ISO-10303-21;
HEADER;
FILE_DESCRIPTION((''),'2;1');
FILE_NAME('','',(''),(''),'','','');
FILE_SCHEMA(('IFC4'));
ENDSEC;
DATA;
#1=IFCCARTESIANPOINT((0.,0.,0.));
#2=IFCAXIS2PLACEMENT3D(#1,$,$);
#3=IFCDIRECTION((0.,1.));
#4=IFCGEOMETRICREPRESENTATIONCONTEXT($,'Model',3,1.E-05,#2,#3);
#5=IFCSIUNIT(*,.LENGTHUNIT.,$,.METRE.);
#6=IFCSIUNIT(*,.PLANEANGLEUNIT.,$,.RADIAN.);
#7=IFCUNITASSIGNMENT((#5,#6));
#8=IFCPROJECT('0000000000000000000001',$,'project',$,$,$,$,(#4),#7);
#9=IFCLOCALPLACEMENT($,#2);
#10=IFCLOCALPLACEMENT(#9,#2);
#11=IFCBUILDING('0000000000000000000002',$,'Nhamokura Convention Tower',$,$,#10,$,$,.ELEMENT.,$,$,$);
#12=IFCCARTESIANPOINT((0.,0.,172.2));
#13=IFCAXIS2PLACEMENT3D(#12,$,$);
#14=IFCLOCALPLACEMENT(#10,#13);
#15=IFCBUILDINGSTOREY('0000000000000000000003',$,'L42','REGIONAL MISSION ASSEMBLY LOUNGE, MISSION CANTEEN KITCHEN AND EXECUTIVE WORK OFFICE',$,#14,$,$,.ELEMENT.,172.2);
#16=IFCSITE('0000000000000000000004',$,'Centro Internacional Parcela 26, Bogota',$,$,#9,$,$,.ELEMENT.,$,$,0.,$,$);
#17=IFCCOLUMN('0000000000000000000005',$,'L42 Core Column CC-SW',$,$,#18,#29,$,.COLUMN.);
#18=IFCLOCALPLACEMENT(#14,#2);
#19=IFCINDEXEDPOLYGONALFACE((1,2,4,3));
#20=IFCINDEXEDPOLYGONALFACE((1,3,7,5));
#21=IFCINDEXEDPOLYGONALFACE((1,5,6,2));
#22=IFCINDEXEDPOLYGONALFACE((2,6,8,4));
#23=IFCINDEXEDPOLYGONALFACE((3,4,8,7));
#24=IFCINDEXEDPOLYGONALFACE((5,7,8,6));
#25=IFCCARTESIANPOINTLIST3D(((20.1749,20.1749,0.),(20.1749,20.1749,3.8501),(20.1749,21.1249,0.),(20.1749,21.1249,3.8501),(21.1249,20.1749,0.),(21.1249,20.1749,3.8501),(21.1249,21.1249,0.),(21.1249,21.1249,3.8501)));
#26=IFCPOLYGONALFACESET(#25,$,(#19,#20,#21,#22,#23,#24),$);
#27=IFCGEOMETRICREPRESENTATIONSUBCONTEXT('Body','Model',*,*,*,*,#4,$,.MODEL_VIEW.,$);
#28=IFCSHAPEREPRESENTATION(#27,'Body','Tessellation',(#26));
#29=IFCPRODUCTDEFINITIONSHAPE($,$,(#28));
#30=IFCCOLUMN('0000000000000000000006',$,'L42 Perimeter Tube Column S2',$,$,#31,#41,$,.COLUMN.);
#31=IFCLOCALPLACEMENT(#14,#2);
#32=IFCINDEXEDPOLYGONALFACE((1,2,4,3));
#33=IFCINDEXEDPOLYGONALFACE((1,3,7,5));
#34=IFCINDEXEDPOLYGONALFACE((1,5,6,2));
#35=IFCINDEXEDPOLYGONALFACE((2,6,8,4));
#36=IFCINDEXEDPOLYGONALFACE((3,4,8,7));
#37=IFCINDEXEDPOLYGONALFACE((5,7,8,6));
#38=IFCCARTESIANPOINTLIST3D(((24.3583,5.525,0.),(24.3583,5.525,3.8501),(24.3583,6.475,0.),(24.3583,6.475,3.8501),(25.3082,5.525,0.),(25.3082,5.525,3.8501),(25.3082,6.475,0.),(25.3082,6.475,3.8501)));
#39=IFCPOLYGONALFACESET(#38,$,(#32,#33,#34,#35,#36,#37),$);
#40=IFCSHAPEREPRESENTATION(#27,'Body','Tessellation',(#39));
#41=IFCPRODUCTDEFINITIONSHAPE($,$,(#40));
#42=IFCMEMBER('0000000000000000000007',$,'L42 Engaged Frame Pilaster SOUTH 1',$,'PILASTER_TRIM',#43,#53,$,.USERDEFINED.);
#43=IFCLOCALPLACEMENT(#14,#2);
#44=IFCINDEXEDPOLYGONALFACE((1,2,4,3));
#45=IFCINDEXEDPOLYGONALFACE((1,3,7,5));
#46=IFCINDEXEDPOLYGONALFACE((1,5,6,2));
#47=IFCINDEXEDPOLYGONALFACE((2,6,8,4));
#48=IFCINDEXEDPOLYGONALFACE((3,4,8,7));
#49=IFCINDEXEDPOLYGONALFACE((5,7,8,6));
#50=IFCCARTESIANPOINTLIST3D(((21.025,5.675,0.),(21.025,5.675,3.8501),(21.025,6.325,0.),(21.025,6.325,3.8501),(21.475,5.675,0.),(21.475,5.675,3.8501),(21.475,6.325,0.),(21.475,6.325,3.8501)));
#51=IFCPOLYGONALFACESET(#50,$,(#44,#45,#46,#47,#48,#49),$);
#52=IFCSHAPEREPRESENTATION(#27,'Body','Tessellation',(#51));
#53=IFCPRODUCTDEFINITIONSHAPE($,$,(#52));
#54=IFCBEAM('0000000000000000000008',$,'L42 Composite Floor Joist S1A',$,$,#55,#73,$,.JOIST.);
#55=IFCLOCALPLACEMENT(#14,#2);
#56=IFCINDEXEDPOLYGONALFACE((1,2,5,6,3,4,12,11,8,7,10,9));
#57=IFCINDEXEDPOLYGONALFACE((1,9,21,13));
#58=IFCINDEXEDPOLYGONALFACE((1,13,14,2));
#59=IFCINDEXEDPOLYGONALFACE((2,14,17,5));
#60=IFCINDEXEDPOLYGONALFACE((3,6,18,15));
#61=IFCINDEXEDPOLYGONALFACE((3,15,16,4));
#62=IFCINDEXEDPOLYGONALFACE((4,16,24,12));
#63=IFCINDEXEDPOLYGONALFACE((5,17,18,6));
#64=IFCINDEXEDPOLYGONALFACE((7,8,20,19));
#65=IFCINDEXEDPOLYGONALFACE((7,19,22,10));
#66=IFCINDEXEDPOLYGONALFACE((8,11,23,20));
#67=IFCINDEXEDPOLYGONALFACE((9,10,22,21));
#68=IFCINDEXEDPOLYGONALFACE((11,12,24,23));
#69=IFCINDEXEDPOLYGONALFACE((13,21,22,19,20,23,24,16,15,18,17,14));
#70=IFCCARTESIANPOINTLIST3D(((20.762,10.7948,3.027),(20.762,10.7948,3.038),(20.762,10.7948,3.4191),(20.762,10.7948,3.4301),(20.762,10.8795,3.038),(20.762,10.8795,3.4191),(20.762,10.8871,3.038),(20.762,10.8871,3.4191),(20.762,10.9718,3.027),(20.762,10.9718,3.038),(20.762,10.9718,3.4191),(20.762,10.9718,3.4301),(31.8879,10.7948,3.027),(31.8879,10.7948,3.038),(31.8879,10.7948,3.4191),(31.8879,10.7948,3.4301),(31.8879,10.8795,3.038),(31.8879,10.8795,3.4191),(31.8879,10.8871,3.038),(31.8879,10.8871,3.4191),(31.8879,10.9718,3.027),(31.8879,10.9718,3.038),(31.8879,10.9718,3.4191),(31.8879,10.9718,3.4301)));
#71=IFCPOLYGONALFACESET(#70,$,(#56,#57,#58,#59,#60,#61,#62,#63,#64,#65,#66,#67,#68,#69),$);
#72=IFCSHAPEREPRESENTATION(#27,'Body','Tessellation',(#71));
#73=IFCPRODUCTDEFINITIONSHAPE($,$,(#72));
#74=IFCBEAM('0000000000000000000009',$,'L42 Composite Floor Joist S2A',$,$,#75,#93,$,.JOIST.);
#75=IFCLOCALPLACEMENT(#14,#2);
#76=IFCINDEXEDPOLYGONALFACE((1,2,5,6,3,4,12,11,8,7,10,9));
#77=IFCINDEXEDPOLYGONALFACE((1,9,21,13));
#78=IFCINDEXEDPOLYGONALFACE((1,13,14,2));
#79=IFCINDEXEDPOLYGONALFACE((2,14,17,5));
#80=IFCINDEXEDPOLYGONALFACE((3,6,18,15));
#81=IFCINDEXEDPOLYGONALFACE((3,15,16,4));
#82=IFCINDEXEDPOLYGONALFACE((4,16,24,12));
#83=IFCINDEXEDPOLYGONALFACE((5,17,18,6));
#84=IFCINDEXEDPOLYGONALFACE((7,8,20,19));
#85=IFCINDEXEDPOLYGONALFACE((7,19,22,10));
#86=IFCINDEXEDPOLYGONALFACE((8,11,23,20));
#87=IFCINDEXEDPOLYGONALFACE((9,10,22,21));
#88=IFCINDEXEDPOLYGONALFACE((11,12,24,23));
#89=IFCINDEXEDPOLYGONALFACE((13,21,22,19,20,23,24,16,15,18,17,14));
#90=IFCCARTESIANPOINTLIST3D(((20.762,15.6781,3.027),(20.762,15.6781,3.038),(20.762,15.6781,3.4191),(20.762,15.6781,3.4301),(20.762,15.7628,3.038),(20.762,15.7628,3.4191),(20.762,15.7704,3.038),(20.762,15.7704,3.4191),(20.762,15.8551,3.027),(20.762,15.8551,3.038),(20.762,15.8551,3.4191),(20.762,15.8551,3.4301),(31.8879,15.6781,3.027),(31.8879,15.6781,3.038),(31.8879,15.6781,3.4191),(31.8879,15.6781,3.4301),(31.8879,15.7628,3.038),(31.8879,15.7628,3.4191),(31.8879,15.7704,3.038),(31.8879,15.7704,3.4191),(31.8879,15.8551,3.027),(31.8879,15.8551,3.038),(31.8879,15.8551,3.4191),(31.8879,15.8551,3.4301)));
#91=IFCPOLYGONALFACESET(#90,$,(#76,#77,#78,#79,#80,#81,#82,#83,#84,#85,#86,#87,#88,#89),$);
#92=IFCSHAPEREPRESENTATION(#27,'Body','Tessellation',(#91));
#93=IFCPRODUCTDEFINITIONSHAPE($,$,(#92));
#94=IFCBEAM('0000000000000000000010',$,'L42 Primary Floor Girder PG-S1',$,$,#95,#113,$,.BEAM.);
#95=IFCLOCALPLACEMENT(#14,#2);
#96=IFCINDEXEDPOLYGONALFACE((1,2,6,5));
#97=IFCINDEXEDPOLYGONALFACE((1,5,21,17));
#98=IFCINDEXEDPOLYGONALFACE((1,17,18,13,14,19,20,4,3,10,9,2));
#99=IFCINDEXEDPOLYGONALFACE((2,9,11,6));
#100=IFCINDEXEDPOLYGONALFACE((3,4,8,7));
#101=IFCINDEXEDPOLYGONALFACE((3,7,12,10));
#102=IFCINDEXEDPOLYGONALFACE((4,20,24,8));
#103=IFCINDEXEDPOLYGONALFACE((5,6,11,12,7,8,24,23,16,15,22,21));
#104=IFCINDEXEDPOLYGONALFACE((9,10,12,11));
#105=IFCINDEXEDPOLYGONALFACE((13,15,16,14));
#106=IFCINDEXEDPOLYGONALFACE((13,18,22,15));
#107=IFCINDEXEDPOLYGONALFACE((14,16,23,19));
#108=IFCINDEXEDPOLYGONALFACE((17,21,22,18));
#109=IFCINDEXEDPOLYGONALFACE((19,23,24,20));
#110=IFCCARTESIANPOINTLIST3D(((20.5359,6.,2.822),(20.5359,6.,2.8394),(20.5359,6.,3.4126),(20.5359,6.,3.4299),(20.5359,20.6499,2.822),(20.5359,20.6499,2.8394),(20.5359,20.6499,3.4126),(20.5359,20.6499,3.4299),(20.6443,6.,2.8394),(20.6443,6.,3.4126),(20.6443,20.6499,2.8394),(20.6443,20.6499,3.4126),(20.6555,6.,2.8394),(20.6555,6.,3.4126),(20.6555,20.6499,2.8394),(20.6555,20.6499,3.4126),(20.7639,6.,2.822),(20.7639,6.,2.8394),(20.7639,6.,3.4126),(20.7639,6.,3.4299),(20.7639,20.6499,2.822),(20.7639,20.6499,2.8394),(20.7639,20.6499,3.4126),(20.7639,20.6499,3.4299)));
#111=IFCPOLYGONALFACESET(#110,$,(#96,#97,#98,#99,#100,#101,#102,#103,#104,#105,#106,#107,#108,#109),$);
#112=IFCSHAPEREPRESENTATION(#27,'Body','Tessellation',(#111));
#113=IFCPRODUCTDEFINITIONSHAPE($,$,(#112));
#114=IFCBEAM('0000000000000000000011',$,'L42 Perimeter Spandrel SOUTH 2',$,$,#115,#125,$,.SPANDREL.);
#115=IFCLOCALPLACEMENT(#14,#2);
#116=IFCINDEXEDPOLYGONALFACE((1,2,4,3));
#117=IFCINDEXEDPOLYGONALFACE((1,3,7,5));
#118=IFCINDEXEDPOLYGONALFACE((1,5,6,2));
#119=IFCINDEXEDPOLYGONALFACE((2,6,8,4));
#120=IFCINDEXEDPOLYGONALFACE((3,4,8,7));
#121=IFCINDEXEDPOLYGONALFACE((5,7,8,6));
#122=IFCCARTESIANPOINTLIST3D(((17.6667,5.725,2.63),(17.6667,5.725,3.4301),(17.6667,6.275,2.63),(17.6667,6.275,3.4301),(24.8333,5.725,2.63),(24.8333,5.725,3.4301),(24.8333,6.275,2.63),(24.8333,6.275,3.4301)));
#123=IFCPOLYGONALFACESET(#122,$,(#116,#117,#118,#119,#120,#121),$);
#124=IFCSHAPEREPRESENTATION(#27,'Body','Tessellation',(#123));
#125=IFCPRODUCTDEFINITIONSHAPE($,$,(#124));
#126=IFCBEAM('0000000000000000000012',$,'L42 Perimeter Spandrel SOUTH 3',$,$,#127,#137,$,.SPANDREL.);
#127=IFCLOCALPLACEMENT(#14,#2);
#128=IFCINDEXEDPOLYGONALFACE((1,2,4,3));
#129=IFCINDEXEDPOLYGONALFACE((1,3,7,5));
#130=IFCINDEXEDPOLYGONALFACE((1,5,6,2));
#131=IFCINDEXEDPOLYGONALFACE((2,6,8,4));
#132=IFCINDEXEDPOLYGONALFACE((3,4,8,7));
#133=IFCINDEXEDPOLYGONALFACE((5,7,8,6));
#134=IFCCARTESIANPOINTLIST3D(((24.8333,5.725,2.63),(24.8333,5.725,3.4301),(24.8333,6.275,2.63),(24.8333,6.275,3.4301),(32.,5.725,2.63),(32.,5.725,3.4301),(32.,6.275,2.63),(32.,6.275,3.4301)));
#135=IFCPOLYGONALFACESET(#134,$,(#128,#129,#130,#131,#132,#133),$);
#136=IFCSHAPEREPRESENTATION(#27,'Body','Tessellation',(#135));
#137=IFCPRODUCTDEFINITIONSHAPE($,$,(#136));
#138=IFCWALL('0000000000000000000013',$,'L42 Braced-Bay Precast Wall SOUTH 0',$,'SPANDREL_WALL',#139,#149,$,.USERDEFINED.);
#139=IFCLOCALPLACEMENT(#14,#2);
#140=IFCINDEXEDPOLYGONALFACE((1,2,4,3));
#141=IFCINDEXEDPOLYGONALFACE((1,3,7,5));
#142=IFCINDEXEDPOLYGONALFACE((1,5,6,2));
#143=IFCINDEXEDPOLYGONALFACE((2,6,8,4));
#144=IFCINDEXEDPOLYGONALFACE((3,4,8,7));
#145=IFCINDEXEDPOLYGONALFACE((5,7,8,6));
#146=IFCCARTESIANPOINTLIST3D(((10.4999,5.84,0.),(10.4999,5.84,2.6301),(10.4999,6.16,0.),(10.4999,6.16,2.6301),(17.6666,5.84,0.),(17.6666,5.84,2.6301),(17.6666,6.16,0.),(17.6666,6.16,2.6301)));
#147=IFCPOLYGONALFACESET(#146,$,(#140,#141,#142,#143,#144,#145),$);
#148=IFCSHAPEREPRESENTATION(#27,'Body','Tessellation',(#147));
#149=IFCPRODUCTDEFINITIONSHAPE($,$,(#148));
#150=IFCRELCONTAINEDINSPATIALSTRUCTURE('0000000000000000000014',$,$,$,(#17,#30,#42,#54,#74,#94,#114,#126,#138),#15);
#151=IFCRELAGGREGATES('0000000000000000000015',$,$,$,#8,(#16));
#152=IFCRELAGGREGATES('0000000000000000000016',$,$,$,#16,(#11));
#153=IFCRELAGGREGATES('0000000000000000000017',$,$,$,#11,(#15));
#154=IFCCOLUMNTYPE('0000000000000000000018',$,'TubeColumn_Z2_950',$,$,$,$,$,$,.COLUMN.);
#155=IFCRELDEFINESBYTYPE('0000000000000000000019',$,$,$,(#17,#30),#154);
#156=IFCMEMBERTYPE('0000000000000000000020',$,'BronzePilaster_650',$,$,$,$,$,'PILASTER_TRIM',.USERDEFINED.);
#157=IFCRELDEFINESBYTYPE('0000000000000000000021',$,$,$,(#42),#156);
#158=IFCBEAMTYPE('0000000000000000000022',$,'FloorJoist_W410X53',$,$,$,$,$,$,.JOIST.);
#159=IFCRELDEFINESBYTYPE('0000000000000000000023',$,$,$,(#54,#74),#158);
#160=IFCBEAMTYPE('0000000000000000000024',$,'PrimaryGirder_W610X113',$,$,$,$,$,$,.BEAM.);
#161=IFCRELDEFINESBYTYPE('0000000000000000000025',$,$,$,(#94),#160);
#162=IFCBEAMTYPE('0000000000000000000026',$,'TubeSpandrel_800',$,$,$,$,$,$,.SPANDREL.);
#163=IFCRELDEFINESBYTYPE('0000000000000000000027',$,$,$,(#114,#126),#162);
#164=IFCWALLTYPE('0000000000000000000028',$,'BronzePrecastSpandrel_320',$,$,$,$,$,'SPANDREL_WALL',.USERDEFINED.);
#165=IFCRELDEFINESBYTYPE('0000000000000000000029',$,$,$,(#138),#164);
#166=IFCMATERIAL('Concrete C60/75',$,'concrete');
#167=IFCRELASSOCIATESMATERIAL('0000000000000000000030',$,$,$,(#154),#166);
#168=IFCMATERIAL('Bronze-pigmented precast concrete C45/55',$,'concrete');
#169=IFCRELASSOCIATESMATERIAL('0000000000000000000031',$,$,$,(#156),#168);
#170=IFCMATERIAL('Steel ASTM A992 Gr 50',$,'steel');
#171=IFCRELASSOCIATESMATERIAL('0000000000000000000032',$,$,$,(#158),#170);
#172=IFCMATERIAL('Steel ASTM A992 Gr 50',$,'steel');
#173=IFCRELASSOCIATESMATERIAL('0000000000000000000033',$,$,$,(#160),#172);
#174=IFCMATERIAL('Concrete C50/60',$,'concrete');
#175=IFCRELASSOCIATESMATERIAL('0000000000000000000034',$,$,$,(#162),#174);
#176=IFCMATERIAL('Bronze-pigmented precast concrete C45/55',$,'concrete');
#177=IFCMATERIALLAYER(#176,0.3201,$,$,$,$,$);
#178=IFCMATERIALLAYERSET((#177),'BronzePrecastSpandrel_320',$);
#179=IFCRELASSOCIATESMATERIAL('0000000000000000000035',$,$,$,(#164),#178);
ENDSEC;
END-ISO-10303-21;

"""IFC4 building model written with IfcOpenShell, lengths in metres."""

from ifc_helpers import new_model, si_unit, direction, frame, frame_2d, origin, origin_2d, place, context, subcontext, project, spatial, rectangle, i_section, extrude, material, layer, layer_set, material_profile, profile_set, type_object, element, save


model = new_model("IFC4")

# Units and contexts
model_context = context("Model", 3, precision=1e-05, world=origin(), true_north=direction((0.0, 1.0)))
body_context = subcontext(model_context, "Body", "Model", "MODEL_VIEW")
ifc_project = project(units=[si_unit("LENGTHUNIT", "METRE"), si_unit("PLANEANGLEUNIT", "RADIAN")], contexts=[model_context])

# Site, building, storey
site_placement = place(None, origin())
site = spatial("IfcSite", under=ifc_project, at=site_placement, Name="Centro Internacional Parcela 26, Bogota", CompositionType="ELEMENT", RefElevation=0.0)
building_placement = place(site_placement, origin())
building = spatial("IfcBuilding", under=site, at=building_placement, Name="Nhamokura Convention Tower", CompositionType="ELEMENT")
storey_placement = place(building_placement, frame((0.0, 0.0, 172.2)))
storey = spatial("IfcBuildingStorey", under=building, at=storey_placement, Name="L42", Description="REGIONAL MISSION ASSEMBLY LOUNGE, MISSION CANTEEN KITCHEN AND EXECUTIVE WORK OFFICE", CompositionType="ELEMENT", Elevation=172.2)

# Columns
ifc_material_1 = material(Name="Concrete C60/75", Category="concrete")
ifc_material_profile_1 = material_profile(ifc_material_1, rectangle(XDim=0.95, YDim=0.95, at=origin_2d()))
ifc_profile_set_1 = profile_set([ifc_material_profile_1], Name="Concrete C60/75")
column_type = type_object("IfcColumnType", Name="TubeColumn_Z2_950", PredefinedType="COLUMN", material=ifc_profile_set_1)
for number, where, z_axis, x_axis, name in (
    (1, (20.6499, 20.6499, 0.0), (0.0, 0.0, 1.0), (1.0, 0.0, 0.0), "L42 Core Column CC-SW"),
    (2, (24.8333, 6.0, 0.0), (0.0, 0.0, 1.0), (1.0, 0.0, 0.0), "L42 Perimeter Tube Column S2"),
):
    element("IfcColumn", number, at=place(storey_placement, frame(where, z_axis=z_axis, x_axis=x_axis)), inside=storey, type_object=column_type, Name=name, PredefinedType="COLUMN", context=body_context, shape_type="SweptSolid", body=[
        extrude(rectangle(XDim=0.95, YDim=0.95, at=origin_2d()), origin(), (0.0, 0.0, 1.0), 3.8501),
    ])

# Member
ifc_material_2 = material(Name="Bronze-pigmented precast concrete C45/55", Category="concrete")
ifc_material_profile_2 = material_profile(ifc_material_2, rectangle(XDim=0.45, YDim=0.6499, at=origin_2d()))
ifc_profile_set_2 = profile_set([ifc_material_profile_2], Name="Bronze-pigmented precast concrete C45/55")
member_type = type_object("IfcMemberType", Name="BronzePilaster_650", ElementType="PILASTER_TRIM", PredefinedType="USERDEFINED", material=ifc_profile_set_2)
member_placement = place(storey_placement, frame((21.25, 6.0, 0.0), z_axis=(0.0, 0.0, 1.0), x_axis=(1.0, 0.0, 0.0)))
element("IfcMember", 3, at=member_placement, inside=storey, type_object=member_type, Name="L42 Engaged Frame Pilaster SOUTH 1", ObjectType="PILASTER_TRIM", PredefinedType="USERDEFINED", context=body_context, shape_type="SweptSolid", body=[
    extrude(rectangle(XDim=0.45, YDim=0.6499, at=origin_2d()), origin(), (0.0, 0.0, 1.0), 3.8501),
])

# Beams
ifc_material_3 = material(Name="Steel ASTM A992 Gr 50", Category="steel")
ifc_material_profile_3 = material_profile(ifc_material_3, i_section(OverallWidth=0.177, OverallDepth=0.4031, WebThickness=0.0076, FlangeThickness=0.011, at=origin_2d()))
ifc_profile_set_3 = profile_set([ifc_material_profile_3], Name="Steel ASTM A992 Gr 50")
beam_type_1 = type_object("IfcBeamType", Name="FloorJoist_W410X53", PredefinedType="JOIST", material=ifc_profile_set_3)
for number, where, z_axis, x_axis, name in (
    (4, (20.762, 10.8833, 3.2285), (1.0, 0.0, 0.0), (0.0, 1.0, 0.0), "L42 Composite Floor Joist S1A"),
    (5, (20.762, 15.7666, 3.2285), (1.0, 0.0, 0.0), (0.0, 1.0, 0.0), "L42 Composite Floor Joist S2A"),
):
    element("IfcBeam", number, at=place(storey_placement, frame(where, z_axis=z_axis, x_axis=x_axis)), inside=storey, type_object=beam_type_1, Name=name, PredefinedType="JOIST", context=body_context, shape_type="SweptSolid", body=[
        extrude(i_section(OverallWidth=0.177, OverallDepth=0.4031, WebThickness=0.0076, FlangeThickness=0.011, at=origin_2d()), origin(), (0.0, 0.0, 1.0), 11.126),
    ])
ifc_material_4 = material(Name="Steel ASTM A992 Gr 50", Category="steel")
ifc_material_profile_4 = material_profile(ifc_material_4, i_section(OverallWidth=0.228, OverallDepth=0.6079, WebThickness=0.0112, FlangeThickness=0.0173, at=origin_2d()))
ifc_profile_set_4 = profile_set([ifc_material_profile_4], Name="Steel ASTM A992 Gr 50")
beam_type_2 = type_object("IfcBeamType", Name="PrimaryGirder_W610X113", PredefinedType="BEAM", material=ifc_profile_set_4)
beam_1_placement = place(storey_placement, frame((20.6499, 6.0, 3.126), z_axis=(0.0, 1.0, 0.0), x_axis=(-1.0, 0.0, 0.0)))
element("IfcBeam", 6, at=beam_1_placement, inside=storey, type_object=beam_type_2, Name="L42 Primary Floor Girder PG-S1", PredefinedType="BEAM", context=body_context, shape_type="SweptSolid", body=[
    extrude(i_section(OverallWidth=0.228, OverallDepth=0.6079, WebThickness=0.0112, FlangeThickness=0.0173, at=origin_2d()), origin(), (0.0, 0.0, 1.0), 14.6499),
])
ifc_material_5 = material(Name="Concrete C50/60", Category="concrete")
ifc_material_profile_5 = material_profile(ifc_material_5, rectangle(XDim=0.55, YDim=0.8, at=origin_2d()))
ifc_profile_set_5 = profile_set([ifc_material_profile_5], Name="Concrete C50/60")
beam_type_3 = type_object("IfcBeamType", Name="TubeSpandrel_800", PredefinedType="SPANDREL", material=ifc_profile_set_5)
beam_2_placement = place(storey_placement, frame((17.6667, 6.0, 3.03), z_axis=(1.0, 0.0, 0.0), x_axis=(0.0, 1.0, 0.0)))
element("IfcBeam", 7, at=beam_2_placement, inside=storey, type_object=beam_type_3, Name="L42 Perimeter Spandrel SOUTH 2", PredefinedType="SPANDREL", context=body_context, shape_type="SweptSolid", body=[
    extrude(rectangle(XDim=0.55, YDim=0.8, at=origin_2d()), origin(), (0.0, 0.0, 1.0), 7.1665),
])
beam_3_placement = place(storey_placement, frame((24.8333, 6.0, 3.03), z_axis=(1.0, 0.0, 0.0), x_axis=(0.0, 1.0, 0.0)))
element("IfcBeam", 8, at=beam_3_placement, inside=storey, type_object=beam_type_3, Name="L42 Perimeter Spandrel SOUTH 3", PredefinedType="SPANDREL", context=body_context, shape_type="SweptSolid", body=[
    extrude(rectangle(XDim=0.55, YDim=0.8, at=origin_2d()), origin(), (0.0, 0.0, 1.0), 7.1667),
])

# Wall
ifc_material_6 = material(Name="Bronze-pigmented precast concrete C45/55", Category="concrete")
ifc_layer_1 = layer(ifc_material_6, 0.3201)
ifc_layer_set_1 = layer_set([ifc_layer_1], Name="BronzePrecastSpandrel_320")
wall_type_1 = type_object("IfcWallType", Name="BronzePrecastSpandrel_320", ElementType="SPANDREL_WALL", PredefinedType="USERDEFINED", material=ifc_layer_set_1)
wall_1_placement = place(storey_placement, frame((17.6667, 6.0, 0.0), z_axis=(0.0, 0.0, 1.0), x_axis=(-1.0, 0.0, 0.0)))
element("IfcWall", 9, at=wall_1_placement, inside=storey, type_object=wall_type_1, Name="L42 Braced-Bay Precast Wall SOUTH 0", ObjectType="SPANDREL_WALL", PredefinedType="USERDEFINED", context=body_context, shape_type="SweptSolid", body=[
    extrude(rectangle(XDim=7.1667, YDim=0.3201, at=frame_2d((3.5835, 0.0))), origin(), (0.0, 0.0, 1.0), 2.6301),
])

save(model, "model.ifc")
